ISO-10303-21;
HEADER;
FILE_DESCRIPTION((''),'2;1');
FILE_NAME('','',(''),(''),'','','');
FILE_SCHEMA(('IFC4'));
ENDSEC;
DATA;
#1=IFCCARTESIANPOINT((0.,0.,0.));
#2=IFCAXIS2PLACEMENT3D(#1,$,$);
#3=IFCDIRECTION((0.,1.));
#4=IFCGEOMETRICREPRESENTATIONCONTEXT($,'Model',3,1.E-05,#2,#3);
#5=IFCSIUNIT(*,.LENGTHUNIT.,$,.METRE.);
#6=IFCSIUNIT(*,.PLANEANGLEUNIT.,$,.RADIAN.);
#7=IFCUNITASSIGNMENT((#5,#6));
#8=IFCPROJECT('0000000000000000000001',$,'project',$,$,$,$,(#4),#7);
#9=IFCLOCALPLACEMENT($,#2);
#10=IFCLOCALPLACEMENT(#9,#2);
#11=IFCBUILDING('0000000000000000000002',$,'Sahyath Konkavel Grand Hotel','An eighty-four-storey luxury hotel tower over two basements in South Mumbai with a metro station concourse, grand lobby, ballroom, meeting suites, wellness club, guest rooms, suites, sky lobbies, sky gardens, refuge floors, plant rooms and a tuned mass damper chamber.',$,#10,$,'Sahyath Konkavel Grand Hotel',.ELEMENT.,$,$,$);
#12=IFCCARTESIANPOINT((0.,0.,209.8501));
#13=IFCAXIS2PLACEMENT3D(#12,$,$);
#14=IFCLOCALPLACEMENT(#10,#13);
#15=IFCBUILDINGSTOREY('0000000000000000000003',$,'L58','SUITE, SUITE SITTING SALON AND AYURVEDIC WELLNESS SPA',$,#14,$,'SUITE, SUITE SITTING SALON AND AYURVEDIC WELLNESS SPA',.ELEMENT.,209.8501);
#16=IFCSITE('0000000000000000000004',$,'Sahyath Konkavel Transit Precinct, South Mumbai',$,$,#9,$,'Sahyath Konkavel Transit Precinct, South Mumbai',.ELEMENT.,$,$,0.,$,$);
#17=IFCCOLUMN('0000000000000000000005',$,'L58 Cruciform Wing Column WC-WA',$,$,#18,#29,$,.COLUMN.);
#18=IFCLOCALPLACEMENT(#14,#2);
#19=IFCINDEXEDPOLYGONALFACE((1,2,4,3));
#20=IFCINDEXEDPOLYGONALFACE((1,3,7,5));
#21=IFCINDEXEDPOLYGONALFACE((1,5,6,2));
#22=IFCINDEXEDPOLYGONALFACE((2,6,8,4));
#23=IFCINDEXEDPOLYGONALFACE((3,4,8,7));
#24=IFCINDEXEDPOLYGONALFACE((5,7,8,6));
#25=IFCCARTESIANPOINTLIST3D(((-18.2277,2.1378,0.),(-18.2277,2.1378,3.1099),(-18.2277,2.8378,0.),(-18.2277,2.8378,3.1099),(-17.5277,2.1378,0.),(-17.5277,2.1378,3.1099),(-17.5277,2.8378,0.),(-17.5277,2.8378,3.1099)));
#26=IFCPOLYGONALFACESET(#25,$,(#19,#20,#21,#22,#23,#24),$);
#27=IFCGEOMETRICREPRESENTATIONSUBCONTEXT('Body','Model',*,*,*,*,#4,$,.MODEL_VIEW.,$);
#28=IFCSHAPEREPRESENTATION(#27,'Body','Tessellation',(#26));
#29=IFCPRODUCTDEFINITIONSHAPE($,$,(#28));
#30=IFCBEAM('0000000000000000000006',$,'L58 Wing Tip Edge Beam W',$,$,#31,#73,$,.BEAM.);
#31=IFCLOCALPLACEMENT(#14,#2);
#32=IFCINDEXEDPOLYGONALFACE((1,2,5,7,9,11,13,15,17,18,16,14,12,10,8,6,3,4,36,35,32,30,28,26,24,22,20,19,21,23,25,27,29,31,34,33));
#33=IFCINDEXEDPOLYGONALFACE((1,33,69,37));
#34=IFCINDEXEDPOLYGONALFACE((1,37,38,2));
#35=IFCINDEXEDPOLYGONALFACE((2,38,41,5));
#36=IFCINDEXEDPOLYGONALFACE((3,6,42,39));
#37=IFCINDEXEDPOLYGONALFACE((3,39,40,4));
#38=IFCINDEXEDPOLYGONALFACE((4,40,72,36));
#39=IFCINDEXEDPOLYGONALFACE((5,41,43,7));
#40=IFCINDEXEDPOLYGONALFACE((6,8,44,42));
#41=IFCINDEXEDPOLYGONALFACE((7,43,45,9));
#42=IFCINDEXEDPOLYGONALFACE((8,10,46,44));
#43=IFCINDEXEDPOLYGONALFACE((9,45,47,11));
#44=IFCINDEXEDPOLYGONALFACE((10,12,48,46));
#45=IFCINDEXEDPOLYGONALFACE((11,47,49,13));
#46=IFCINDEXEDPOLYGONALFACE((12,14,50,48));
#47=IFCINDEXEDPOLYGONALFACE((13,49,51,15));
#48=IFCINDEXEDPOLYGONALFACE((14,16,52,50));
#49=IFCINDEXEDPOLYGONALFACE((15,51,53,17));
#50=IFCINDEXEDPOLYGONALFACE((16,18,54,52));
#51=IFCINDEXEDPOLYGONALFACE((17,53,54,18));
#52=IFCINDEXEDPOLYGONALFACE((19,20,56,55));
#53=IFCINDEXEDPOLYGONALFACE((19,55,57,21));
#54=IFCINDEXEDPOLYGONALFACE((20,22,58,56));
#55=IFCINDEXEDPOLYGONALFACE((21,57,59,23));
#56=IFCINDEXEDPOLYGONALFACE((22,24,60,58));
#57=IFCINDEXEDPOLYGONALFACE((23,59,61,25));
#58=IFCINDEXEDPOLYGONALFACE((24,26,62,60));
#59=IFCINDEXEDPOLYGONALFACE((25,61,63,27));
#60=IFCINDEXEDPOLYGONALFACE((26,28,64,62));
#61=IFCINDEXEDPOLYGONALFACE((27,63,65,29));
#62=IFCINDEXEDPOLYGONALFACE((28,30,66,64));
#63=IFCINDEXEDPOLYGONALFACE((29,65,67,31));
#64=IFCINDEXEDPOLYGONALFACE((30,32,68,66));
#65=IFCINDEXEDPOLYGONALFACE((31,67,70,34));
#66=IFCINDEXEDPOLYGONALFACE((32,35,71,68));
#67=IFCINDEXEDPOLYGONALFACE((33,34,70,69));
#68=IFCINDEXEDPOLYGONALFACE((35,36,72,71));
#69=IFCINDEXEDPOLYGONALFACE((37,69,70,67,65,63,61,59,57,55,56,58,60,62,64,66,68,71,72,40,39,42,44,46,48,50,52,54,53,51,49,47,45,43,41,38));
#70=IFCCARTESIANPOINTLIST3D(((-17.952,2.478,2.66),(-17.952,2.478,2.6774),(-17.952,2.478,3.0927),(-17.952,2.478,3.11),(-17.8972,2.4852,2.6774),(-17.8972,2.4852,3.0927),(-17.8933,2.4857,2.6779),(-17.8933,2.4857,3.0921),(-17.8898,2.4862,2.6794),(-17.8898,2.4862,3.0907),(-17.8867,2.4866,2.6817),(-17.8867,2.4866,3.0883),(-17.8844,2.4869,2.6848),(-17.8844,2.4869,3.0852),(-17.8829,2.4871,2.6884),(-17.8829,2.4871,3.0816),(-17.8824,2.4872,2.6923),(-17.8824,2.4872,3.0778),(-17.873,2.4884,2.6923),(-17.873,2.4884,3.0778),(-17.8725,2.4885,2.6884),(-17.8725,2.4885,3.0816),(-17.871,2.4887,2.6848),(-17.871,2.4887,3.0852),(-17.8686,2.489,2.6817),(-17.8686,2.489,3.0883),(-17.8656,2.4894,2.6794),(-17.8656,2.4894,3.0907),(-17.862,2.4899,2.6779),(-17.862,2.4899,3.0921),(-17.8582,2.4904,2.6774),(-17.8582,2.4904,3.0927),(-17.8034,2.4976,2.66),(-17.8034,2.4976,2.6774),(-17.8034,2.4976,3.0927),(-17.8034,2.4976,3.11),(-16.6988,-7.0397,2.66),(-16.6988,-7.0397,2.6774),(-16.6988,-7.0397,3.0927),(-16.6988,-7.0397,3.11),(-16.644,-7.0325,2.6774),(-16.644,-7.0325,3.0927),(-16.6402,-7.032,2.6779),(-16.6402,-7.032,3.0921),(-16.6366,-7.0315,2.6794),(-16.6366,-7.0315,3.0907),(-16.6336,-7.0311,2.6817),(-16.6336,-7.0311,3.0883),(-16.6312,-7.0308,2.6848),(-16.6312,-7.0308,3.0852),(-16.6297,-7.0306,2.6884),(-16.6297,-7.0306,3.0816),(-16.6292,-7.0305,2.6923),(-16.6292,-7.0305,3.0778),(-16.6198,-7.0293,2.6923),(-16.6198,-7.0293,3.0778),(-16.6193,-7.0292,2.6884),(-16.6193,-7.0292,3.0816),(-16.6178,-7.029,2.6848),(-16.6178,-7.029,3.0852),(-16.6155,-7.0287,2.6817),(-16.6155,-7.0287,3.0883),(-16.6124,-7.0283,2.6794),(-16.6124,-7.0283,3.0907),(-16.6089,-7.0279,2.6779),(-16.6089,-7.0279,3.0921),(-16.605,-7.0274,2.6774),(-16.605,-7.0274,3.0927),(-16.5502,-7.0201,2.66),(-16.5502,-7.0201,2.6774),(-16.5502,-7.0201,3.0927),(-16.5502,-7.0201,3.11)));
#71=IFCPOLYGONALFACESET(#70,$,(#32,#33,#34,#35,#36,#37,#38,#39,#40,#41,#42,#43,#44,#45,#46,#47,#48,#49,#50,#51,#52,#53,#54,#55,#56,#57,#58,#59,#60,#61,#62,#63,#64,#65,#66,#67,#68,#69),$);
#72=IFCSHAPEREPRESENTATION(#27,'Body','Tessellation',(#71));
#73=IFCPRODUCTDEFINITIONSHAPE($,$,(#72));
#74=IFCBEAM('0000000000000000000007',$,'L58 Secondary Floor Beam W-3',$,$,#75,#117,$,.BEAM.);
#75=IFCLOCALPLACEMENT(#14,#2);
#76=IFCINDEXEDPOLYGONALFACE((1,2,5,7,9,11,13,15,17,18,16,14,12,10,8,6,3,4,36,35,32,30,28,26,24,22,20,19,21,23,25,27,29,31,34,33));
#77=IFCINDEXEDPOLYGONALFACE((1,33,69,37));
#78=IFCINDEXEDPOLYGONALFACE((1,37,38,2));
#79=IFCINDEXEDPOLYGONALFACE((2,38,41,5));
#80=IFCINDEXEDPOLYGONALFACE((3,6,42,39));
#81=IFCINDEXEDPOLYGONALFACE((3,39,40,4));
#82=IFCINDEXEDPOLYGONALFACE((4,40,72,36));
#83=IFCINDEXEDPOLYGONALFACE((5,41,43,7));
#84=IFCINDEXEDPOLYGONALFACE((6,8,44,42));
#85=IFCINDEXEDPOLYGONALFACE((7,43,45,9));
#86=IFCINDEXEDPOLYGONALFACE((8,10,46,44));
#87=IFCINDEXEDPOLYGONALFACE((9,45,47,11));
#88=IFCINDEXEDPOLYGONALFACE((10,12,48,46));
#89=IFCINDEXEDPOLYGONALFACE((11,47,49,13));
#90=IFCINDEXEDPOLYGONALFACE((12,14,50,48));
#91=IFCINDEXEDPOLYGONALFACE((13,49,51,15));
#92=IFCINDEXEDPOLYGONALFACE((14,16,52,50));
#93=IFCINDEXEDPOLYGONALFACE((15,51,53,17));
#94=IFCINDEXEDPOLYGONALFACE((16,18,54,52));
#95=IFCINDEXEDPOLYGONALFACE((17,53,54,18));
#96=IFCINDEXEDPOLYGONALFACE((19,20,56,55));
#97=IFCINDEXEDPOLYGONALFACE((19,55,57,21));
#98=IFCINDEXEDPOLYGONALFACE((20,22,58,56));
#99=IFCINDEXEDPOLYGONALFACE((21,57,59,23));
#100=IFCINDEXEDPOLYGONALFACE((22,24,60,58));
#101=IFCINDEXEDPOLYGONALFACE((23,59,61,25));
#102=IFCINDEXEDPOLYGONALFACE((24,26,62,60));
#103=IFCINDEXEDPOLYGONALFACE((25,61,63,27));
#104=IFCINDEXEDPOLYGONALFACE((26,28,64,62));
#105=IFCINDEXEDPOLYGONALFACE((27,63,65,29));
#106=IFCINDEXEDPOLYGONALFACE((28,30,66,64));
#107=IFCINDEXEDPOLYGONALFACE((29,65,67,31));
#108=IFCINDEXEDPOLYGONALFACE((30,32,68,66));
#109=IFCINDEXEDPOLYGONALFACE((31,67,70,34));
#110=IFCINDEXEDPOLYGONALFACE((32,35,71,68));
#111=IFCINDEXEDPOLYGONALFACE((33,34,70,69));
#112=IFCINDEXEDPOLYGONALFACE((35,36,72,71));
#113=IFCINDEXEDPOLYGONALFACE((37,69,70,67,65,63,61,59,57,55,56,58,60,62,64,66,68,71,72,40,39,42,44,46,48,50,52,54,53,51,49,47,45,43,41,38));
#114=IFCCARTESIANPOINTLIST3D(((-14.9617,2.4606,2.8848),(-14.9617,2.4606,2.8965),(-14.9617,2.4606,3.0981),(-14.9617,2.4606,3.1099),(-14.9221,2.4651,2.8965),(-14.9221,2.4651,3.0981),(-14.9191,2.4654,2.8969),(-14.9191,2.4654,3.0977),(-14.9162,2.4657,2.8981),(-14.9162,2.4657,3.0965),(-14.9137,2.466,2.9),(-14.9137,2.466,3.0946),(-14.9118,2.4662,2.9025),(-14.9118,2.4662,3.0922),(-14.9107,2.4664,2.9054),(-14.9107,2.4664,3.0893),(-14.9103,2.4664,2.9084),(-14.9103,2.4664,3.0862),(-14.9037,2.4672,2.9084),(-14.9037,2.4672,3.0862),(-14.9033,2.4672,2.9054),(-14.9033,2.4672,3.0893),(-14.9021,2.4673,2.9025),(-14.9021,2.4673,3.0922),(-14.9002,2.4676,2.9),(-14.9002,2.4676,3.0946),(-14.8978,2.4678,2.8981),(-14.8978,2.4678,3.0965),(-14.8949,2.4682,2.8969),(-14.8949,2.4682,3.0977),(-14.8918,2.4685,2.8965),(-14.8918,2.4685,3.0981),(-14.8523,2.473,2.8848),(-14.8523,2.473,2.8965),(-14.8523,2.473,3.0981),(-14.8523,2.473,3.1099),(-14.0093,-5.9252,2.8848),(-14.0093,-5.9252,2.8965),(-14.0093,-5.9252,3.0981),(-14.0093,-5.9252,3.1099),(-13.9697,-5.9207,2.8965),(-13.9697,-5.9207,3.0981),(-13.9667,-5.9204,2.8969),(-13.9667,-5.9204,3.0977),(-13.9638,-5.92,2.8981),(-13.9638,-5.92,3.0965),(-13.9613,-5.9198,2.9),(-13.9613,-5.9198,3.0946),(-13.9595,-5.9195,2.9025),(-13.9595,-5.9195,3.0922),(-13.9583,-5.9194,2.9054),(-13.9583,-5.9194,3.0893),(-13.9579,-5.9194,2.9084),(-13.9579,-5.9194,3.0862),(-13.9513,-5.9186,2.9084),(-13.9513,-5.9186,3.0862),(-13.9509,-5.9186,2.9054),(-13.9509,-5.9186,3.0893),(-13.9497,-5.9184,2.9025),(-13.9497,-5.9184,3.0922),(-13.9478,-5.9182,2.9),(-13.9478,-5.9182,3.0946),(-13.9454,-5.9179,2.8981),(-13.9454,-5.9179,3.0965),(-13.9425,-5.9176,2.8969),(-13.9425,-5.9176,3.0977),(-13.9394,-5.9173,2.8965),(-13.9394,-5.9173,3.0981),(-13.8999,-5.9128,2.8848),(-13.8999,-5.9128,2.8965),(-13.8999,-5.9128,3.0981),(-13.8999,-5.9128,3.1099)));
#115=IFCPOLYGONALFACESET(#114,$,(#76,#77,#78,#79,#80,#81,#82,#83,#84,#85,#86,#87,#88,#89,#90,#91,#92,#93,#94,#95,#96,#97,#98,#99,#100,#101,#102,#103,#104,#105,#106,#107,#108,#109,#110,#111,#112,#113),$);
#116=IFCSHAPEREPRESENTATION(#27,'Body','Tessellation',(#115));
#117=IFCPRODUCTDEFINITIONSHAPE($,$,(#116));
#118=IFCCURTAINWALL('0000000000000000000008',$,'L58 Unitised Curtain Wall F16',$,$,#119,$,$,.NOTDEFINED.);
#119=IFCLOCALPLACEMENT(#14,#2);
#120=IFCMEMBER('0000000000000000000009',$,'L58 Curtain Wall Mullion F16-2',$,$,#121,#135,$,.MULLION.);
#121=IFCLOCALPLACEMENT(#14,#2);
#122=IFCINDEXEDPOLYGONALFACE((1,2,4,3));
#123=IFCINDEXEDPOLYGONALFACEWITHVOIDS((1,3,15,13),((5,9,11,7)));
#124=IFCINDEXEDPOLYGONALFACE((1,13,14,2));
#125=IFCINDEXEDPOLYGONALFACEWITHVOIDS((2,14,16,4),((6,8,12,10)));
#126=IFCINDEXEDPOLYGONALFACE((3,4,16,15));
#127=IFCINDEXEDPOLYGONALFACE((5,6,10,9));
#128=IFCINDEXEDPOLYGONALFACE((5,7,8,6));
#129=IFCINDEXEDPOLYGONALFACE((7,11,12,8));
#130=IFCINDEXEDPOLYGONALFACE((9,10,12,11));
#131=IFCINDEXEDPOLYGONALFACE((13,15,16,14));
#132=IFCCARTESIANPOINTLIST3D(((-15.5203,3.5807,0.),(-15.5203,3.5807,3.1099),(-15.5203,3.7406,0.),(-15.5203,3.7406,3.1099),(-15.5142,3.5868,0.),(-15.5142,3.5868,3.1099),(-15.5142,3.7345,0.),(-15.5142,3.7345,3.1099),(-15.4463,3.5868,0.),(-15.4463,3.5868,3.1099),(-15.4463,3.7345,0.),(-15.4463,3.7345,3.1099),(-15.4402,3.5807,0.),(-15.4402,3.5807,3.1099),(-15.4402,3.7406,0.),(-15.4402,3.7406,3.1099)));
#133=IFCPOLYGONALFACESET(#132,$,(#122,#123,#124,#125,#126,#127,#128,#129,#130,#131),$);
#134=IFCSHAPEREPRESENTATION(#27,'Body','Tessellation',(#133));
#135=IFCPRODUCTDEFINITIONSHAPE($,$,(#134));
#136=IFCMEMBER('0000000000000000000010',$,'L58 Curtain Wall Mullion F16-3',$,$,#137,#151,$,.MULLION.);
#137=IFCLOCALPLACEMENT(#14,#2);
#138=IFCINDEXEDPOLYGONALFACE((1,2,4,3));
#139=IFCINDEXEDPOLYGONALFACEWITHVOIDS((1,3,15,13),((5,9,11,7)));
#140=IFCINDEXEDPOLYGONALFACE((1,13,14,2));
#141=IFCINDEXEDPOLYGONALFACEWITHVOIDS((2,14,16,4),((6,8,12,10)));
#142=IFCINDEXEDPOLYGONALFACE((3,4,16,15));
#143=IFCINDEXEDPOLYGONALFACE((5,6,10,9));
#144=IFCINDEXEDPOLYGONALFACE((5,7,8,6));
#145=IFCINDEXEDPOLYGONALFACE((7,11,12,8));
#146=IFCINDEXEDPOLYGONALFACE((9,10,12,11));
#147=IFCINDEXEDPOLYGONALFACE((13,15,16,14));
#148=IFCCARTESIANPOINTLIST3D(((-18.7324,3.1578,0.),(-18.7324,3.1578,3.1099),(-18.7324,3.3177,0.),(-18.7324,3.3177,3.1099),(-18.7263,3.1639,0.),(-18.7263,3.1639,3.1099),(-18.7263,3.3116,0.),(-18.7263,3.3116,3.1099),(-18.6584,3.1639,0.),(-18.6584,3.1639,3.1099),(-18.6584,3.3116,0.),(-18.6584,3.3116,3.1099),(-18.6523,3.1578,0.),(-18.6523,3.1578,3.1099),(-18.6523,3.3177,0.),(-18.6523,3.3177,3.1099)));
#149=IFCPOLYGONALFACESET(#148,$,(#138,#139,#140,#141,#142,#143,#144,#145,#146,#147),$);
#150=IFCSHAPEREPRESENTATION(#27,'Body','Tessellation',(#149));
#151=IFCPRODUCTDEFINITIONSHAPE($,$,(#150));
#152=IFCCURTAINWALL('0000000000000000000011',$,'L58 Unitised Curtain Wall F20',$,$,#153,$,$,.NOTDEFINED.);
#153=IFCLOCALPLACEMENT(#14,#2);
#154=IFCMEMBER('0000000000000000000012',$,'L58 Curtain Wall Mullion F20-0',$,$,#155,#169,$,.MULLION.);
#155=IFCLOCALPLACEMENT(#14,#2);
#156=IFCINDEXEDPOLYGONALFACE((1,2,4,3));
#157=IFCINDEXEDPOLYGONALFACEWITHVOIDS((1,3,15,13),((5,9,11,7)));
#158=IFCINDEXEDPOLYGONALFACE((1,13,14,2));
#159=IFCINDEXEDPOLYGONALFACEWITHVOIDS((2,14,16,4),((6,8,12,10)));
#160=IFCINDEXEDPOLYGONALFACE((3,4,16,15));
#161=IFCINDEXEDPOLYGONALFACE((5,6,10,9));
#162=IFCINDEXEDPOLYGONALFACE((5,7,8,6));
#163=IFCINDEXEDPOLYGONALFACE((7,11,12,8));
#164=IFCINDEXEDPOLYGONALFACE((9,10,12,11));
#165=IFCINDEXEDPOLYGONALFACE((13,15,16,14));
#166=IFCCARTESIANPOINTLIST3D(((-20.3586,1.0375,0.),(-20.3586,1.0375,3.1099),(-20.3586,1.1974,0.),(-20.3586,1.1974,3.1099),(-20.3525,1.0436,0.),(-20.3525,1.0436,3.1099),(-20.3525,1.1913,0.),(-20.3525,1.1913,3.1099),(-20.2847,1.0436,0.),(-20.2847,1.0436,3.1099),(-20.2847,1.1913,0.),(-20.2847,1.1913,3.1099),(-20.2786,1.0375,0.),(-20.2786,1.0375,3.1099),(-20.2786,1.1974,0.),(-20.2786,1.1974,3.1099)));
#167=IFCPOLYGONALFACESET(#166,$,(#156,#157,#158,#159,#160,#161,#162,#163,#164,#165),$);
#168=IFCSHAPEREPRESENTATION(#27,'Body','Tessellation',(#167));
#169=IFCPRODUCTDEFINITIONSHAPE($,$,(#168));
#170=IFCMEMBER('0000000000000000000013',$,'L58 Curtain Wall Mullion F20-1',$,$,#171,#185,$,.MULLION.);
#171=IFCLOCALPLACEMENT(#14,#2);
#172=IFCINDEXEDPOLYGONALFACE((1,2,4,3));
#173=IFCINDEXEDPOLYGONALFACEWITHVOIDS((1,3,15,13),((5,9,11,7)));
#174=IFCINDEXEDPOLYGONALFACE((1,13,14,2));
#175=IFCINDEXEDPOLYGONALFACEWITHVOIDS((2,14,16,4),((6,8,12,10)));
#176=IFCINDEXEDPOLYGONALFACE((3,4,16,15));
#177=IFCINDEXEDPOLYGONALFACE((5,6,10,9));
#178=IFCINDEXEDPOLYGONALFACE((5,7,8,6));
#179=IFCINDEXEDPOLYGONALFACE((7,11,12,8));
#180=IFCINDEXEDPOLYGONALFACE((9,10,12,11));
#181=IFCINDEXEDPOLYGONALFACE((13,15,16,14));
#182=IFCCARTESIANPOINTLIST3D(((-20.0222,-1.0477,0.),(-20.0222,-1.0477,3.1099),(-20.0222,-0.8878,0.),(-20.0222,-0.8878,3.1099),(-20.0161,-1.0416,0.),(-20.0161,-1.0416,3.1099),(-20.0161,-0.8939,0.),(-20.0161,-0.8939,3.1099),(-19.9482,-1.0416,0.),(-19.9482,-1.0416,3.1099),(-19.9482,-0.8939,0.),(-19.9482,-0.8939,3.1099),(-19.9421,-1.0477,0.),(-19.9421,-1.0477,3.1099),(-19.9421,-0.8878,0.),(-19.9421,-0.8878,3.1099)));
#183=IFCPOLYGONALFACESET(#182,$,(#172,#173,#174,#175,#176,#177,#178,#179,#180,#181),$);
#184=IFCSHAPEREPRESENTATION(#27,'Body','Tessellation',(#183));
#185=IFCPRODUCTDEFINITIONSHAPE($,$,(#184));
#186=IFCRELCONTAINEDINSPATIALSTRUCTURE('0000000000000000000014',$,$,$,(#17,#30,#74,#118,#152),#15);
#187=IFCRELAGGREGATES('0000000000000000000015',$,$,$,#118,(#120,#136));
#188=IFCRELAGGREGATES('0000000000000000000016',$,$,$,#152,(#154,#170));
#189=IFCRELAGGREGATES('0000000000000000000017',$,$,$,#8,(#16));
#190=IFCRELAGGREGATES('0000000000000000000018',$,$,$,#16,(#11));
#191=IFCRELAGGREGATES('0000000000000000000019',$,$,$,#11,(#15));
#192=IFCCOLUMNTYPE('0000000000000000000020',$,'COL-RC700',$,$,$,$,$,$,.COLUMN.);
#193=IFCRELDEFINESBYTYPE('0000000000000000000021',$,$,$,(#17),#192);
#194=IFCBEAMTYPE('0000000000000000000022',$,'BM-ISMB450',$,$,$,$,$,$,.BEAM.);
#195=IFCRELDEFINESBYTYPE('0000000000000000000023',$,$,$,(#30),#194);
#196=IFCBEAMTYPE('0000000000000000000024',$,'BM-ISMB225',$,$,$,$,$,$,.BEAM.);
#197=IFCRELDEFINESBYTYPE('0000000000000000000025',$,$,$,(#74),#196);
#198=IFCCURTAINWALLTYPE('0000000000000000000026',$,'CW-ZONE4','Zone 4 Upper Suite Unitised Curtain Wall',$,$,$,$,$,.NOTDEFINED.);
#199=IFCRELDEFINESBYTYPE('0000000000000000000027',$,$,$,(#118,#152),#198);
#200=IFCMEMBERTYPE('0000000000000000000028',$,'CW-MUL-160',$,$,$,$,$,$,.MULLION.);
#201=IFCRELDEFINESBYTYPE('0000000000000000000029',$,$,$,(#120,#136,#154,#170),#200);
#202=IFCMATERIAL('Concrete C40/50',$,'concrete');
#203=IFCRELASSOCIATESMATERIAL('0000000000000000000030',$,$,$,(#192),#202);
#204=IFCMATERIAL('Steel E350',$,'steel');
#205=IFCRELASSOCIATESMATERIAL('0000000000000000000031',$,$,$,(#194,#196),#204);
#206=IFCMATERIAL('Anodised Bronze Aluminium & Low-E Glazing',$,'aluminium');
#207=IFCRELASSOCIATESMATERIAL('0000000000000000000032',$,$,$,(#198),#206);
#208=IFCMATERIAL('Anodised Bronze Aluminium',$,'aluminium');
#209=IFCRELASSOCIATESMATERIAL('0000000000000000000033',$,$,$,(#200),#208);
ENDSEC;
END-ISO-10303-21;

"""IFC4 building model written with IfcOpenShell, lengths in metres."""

from ifc_helpers import new_model, si_unit, direction, frame, origin, origin_2d, place, context, subcontext, project, spatial, rectangle, hollow_rectangle, i_section, extrude, source, transform, mapped, material, material_profile, profile_set, type_object, element, aggregate, save


model = new_model("IFC4")

# Units and contexts
model_context = context("Model", 3, precision=1e-05, world=origin(), true_north=direction((0.0, 1.0)))
body_context = subcontext(model_context, "Body", "Model", "MODEL_VIEW")
ifc_project = project(units=[si_unit("LENGTHUNIT", "METRE"), si_unit("PLANEANGLEUNIT", "RADIAN")], contexts=[model_context])

# Site, building, storey
site_placement = place(None, origin())
site = spatial("IfcSite", under=ifc_project, at=site_placement, Name="Sahyath Konkavel Transit Precinct, South Mumbai", LongName="Sahyath Konkavel Transit Precinct, South Mumbai", CompositionType="ELEMENT", RefElevation=0.0)
building_placement = place(site_placement, origin())
building = spatial("IfcBuilding", under=site, at=building_placement, Name="Sahyath Konkavel Grand Hotel", Description="An eighty-four-storey luxury hotel tower over two basements in South Mumbai with a metro station concourse, grand lobby, ballroom, meeting suites, wellness club, guest rooms, suites, sky lobbies, sky gardens, refuge floors, plant rooms and a tuned mass damper chamber.", LongName="Sahyath Konkavel Grand Hotel", CompositionType="ELEMENT")
storey_placement = place(building_placement, frame((0.0, 0.0, 209.8501)))
storey = spatial("IfcBuildingStorey", under=building, at=storey_placement, Name="L58", Description="SUITE, SUITE SITTING SALON AND AYURVEDIC WELLNESS SPA", LongName="SUITE, SUITE SITTING SALON AND AYURVEDIC WELLNESS SPA", CompositionType="ELEMENT", Elevation=209.8501)

# Column
ifc_material_1 = material(Name="Concrete C40/50", Category="concrete")
ifc_material_profile_1 = material_profile(ifc_material_1, rectangle(XDim=0.7, YDim=0.7, at=origin_2d()), Name="RC 700x700")
ifc_profile_set_1 = profile_set([ifc_material_profile_1], Name="Concrete C40/50")
column_type = type_object("IfcColumnType", Name="COL-RC700", PredefinedType="COLUMN", material=ifc_profile_set_1)
shared_shape_1 = source(origin(), body_context, "Body", "SweptSolid", [
    extrude(rectangle(XDim=0.7, YDim=0.7, at=origin_2d()), origin(), (0.0, 0.0, 1.0), 3.1099),
])
column_placement = place(storey_placement, frame((-17.8777, 2.4878, 0.0), z_axis=(0.0, 0.0, 1.0), x_axis=(1.0, 0.0, 0.0)))
element("IfcColumn", 1, at=column_placement, inside=storey, type_object=column_type, Name="L58 Cruciform Wing Column WC-WA", PredefinedType="COLUMN", context=body_context, shape_type="MappedRepresentation", body=[
    mapped(shared_shape_1, transform((0.0, 0.0, 0.0), scale=1.0)),
])

# Beams
ifc_material_2 = material(Name="Steel E350", Category="steel")
ifc_material_profile_2 = material_profile(ifc_material_2, i_section(OverallWidth=0.1499, OverallDepth=0.45, WebThickness=0.0095, FlangeThickness=0.0173, FilletRadius=0.0149, at=origin_2d()), Name="ISMB 450")
ifc_profile_set_2 = profile_set([ifc_material_profile_2], Name="Steel E350")
beam_type_1 = type_object("IfcBeamType", Name="BM-ISMB450", PredefinedType="BEAM", material=ifc_profile_set_2)
shared_shape_2 = source(origin(), body_context, "Body", "SweptSolid", [
    extrude(i_section(OverallWidth=0.1499, OverallDepth=0.45, WebThickness=0.0095, FlangeThickness=0.0173, FilletRadius=0.0149, at=origin_2d()), origin(), (0.0, 0.0, 1.0), 9.5999),
])
beam_1_placement = place(storey_placement, frame((-17.8777, 2.4878, 2.885), z_axis=(0.130539, -0.991443, 0.0), x_axis=(0.991443, 0.130539, 0.0)))
element("IfcBeam", 2, at=beam_1_placement, inside=storey, type_object=beam_type_1, Name="L58 Wing Tip Edge Beam W", PredefinedType="BEAM", context=body_context, shape_type="MappedRepresentation", body=[
    mapped(shared_shape_2, transform((0.0, 0.0, 0.0), scale=1.0)),
])
ifc_material_profile_3 = material_profile(ifc_material_2, i_section(OverallWidth=0.1101, OverallDepth=0.2251, WebThickness=0.0066, FlangeThickness=0.0117, FilletRadius=0.012, at=origin_2d()), Name="ISMB 225")
ifc_profile_set_3 = profile_set([ifc_material_profile_3], Name="Steel E350")
beam_type_2 = type_object("IfcBeamType", Name="BM-ISMB225", PredefinedType="BEAM", material=ifc_profile_set_3)
shared_shape_3 = source(origin(), body_context, "Body", "SweptSolid", [
    extrude(i_section(OverallWidth=0.1101, OverallDepth=0.2251, WebThickness=0.0066, FlangeThickness=0.0117, FilletRadius=0.012, at=origin_2d()), origin(), (0.0, 0.0, 1.0), 8.4397),
])
beam_2_placement = place(storey_placement, frame((-14.907, 2.4668, 2.9973), z_axis=(0.112847, -0.993612, 0.0), x_axis=(0.993612, 0.112847, 0.0)))
element("IfcBeam", 3, at=beam_2_placement, inside=storey, type_object=beam_type_2, Name="L58 Secondary Floor Beam W-3", PredefinedType="BEAM", context=body_context, shape_type="MappedRepresentation", body=[
    mapped(shared_shape_3, transform((0.0, 0.0, 0.0), scale=1.0)),
])

# Curtain walls, members
ifc_material_3 = material(Name="Anodised Bronze Aluminium & Low-E Glazing", Category="aluminium")
curtain_wall_type = type_object("IfcCurtainWallType", Name="CW-ZONE4", Description="Zone 4 Upper Suite Unitised Curtain Wall", PredefinedType="NOTDEFINED", material=ifc_material_3)
curtain_wall_1_placement = place(storey_placement, origin())
curtain_wall_1 = element("IfcCurtainWall", 4, at=curtain_wall_1_placement, inside=storey, type_object=curtain_wall_type, Name="L58 Unitised Curtain Wall F16", PredefinedType="NOTDEFINED")
ifc_material_4 = material(Name="Anodised Bronze Aluminium", Category="aluminium")
ifc_material_profile_4 = material_profile(ifc_material_4, hollow_rectangle(XDim=0.0801, YDim=0.1599, WallThickness=0.0061, at=origin_2d()), Name="RHS 160x80x6")
ifc_profile_set_4 = profile_set([ifc_material_profile_4], Name="Anodised Bronze Aluminium")
member_type_1 = type_object("IfcMemberType", Name="CW-MUL-160", PredefinedType="MULLION", material=ifc_profile_set_4)
shared_shape_4 = source(origin(), body_context, "Body", "SweptSolid", [
    extrude(hollow_rectangle(XDim=0.0801, YDim=0.1599, WallThickness=0.0061, at=origin_2d()), origin(), (0.0, 0.0, 1.0), 3.1099),
])
member_1_placement = place(storey_placement, frame((-15.4802, 3.6606, 0.0), z_axis=(0.0, 0.0, 1.0), x_axis=(1.0, 0.0, 0.0)))
member_1 = element("IfcMember", 5, at=member_1_placement, type_object=member_type_1, Name="L58 Curtain Wall Mullion F16-2", PredefinedType="MULLION", context=body_context, shape_type="MappedRepresentation", body=[
    mapped(shared_shape_4, transform((0.0, 0.0, 0.0), scale=1.0)),
])
member_2_placement = place(storey_placement, frame((-18.6924, 3.2378, 0.0), z_axis=(0.0, 0.0, 1.0), x_axis=(1.0, 0.0, 0.0)))
member_2 = element("IfcMember", 6, at=member_2_placement, type_object=member_type_1, Name="L58 Curtain Wall Mullion F16-3", PredefinedType="MULLION", context=body_context, shape_type="MappedRepresentation", body=[
    mapped(shared_shape_4, transform((0.0, 0.0, 0.0), scale=1.0)),
])
curtain_wall_2_placement = place(storey_placement, origin())
curtain_wall_2 = element("IfcCurtainWall", 7, at=curtain_wall_2_placement, inside=storey, type_object=curtain_wall_type, Name="L58 Unitised Curtain Wall F20", PredefinedType="NOTDEFINED")
member_3_placement = place(storey_placement, frame((-20.3186, 1.1174, 0.0), z_axis=(0.0, 0.0, 1.0), x_axis=(1.0, 0.0, 0.0)))
member_3 = element("IfcMember", 8, at=member_3_placement, type_object=member_type_1, Name="L58 Curtain Wall Mullion F20-0", PredefinedType="MULLION", context=body_context, shape_type="MappedRepresentation", body=[
    mapped(shared_shape_4, transform((0.0, 0.0, 0.0), scale=1.0)),
])
member_4_placement = place(storey_placement, frame((-19.9822, -0.9678, 0.0), z_axis=(0.0, 0.0, 1.0), x_axis=(1.0, 0.0, 0.0)))
member_4 = element("IfcMember", 9, at=member_4_placement, type_object=member_type_1, Name="L58 Curtain Wall Mullion F20-1", PredefinedType="MULLION", context=body_context, shape_type="MappedRepresentation", body=[
    mapped(shared_shape_4, transform((0.0, 0.0, 0.0), scale=1.0)),
])

aggregate(curtain_wall_1, [member_1, member_2])
aggregate(curtain_wall_2, [member_3, member_4])

save(model, "model.ifc")
